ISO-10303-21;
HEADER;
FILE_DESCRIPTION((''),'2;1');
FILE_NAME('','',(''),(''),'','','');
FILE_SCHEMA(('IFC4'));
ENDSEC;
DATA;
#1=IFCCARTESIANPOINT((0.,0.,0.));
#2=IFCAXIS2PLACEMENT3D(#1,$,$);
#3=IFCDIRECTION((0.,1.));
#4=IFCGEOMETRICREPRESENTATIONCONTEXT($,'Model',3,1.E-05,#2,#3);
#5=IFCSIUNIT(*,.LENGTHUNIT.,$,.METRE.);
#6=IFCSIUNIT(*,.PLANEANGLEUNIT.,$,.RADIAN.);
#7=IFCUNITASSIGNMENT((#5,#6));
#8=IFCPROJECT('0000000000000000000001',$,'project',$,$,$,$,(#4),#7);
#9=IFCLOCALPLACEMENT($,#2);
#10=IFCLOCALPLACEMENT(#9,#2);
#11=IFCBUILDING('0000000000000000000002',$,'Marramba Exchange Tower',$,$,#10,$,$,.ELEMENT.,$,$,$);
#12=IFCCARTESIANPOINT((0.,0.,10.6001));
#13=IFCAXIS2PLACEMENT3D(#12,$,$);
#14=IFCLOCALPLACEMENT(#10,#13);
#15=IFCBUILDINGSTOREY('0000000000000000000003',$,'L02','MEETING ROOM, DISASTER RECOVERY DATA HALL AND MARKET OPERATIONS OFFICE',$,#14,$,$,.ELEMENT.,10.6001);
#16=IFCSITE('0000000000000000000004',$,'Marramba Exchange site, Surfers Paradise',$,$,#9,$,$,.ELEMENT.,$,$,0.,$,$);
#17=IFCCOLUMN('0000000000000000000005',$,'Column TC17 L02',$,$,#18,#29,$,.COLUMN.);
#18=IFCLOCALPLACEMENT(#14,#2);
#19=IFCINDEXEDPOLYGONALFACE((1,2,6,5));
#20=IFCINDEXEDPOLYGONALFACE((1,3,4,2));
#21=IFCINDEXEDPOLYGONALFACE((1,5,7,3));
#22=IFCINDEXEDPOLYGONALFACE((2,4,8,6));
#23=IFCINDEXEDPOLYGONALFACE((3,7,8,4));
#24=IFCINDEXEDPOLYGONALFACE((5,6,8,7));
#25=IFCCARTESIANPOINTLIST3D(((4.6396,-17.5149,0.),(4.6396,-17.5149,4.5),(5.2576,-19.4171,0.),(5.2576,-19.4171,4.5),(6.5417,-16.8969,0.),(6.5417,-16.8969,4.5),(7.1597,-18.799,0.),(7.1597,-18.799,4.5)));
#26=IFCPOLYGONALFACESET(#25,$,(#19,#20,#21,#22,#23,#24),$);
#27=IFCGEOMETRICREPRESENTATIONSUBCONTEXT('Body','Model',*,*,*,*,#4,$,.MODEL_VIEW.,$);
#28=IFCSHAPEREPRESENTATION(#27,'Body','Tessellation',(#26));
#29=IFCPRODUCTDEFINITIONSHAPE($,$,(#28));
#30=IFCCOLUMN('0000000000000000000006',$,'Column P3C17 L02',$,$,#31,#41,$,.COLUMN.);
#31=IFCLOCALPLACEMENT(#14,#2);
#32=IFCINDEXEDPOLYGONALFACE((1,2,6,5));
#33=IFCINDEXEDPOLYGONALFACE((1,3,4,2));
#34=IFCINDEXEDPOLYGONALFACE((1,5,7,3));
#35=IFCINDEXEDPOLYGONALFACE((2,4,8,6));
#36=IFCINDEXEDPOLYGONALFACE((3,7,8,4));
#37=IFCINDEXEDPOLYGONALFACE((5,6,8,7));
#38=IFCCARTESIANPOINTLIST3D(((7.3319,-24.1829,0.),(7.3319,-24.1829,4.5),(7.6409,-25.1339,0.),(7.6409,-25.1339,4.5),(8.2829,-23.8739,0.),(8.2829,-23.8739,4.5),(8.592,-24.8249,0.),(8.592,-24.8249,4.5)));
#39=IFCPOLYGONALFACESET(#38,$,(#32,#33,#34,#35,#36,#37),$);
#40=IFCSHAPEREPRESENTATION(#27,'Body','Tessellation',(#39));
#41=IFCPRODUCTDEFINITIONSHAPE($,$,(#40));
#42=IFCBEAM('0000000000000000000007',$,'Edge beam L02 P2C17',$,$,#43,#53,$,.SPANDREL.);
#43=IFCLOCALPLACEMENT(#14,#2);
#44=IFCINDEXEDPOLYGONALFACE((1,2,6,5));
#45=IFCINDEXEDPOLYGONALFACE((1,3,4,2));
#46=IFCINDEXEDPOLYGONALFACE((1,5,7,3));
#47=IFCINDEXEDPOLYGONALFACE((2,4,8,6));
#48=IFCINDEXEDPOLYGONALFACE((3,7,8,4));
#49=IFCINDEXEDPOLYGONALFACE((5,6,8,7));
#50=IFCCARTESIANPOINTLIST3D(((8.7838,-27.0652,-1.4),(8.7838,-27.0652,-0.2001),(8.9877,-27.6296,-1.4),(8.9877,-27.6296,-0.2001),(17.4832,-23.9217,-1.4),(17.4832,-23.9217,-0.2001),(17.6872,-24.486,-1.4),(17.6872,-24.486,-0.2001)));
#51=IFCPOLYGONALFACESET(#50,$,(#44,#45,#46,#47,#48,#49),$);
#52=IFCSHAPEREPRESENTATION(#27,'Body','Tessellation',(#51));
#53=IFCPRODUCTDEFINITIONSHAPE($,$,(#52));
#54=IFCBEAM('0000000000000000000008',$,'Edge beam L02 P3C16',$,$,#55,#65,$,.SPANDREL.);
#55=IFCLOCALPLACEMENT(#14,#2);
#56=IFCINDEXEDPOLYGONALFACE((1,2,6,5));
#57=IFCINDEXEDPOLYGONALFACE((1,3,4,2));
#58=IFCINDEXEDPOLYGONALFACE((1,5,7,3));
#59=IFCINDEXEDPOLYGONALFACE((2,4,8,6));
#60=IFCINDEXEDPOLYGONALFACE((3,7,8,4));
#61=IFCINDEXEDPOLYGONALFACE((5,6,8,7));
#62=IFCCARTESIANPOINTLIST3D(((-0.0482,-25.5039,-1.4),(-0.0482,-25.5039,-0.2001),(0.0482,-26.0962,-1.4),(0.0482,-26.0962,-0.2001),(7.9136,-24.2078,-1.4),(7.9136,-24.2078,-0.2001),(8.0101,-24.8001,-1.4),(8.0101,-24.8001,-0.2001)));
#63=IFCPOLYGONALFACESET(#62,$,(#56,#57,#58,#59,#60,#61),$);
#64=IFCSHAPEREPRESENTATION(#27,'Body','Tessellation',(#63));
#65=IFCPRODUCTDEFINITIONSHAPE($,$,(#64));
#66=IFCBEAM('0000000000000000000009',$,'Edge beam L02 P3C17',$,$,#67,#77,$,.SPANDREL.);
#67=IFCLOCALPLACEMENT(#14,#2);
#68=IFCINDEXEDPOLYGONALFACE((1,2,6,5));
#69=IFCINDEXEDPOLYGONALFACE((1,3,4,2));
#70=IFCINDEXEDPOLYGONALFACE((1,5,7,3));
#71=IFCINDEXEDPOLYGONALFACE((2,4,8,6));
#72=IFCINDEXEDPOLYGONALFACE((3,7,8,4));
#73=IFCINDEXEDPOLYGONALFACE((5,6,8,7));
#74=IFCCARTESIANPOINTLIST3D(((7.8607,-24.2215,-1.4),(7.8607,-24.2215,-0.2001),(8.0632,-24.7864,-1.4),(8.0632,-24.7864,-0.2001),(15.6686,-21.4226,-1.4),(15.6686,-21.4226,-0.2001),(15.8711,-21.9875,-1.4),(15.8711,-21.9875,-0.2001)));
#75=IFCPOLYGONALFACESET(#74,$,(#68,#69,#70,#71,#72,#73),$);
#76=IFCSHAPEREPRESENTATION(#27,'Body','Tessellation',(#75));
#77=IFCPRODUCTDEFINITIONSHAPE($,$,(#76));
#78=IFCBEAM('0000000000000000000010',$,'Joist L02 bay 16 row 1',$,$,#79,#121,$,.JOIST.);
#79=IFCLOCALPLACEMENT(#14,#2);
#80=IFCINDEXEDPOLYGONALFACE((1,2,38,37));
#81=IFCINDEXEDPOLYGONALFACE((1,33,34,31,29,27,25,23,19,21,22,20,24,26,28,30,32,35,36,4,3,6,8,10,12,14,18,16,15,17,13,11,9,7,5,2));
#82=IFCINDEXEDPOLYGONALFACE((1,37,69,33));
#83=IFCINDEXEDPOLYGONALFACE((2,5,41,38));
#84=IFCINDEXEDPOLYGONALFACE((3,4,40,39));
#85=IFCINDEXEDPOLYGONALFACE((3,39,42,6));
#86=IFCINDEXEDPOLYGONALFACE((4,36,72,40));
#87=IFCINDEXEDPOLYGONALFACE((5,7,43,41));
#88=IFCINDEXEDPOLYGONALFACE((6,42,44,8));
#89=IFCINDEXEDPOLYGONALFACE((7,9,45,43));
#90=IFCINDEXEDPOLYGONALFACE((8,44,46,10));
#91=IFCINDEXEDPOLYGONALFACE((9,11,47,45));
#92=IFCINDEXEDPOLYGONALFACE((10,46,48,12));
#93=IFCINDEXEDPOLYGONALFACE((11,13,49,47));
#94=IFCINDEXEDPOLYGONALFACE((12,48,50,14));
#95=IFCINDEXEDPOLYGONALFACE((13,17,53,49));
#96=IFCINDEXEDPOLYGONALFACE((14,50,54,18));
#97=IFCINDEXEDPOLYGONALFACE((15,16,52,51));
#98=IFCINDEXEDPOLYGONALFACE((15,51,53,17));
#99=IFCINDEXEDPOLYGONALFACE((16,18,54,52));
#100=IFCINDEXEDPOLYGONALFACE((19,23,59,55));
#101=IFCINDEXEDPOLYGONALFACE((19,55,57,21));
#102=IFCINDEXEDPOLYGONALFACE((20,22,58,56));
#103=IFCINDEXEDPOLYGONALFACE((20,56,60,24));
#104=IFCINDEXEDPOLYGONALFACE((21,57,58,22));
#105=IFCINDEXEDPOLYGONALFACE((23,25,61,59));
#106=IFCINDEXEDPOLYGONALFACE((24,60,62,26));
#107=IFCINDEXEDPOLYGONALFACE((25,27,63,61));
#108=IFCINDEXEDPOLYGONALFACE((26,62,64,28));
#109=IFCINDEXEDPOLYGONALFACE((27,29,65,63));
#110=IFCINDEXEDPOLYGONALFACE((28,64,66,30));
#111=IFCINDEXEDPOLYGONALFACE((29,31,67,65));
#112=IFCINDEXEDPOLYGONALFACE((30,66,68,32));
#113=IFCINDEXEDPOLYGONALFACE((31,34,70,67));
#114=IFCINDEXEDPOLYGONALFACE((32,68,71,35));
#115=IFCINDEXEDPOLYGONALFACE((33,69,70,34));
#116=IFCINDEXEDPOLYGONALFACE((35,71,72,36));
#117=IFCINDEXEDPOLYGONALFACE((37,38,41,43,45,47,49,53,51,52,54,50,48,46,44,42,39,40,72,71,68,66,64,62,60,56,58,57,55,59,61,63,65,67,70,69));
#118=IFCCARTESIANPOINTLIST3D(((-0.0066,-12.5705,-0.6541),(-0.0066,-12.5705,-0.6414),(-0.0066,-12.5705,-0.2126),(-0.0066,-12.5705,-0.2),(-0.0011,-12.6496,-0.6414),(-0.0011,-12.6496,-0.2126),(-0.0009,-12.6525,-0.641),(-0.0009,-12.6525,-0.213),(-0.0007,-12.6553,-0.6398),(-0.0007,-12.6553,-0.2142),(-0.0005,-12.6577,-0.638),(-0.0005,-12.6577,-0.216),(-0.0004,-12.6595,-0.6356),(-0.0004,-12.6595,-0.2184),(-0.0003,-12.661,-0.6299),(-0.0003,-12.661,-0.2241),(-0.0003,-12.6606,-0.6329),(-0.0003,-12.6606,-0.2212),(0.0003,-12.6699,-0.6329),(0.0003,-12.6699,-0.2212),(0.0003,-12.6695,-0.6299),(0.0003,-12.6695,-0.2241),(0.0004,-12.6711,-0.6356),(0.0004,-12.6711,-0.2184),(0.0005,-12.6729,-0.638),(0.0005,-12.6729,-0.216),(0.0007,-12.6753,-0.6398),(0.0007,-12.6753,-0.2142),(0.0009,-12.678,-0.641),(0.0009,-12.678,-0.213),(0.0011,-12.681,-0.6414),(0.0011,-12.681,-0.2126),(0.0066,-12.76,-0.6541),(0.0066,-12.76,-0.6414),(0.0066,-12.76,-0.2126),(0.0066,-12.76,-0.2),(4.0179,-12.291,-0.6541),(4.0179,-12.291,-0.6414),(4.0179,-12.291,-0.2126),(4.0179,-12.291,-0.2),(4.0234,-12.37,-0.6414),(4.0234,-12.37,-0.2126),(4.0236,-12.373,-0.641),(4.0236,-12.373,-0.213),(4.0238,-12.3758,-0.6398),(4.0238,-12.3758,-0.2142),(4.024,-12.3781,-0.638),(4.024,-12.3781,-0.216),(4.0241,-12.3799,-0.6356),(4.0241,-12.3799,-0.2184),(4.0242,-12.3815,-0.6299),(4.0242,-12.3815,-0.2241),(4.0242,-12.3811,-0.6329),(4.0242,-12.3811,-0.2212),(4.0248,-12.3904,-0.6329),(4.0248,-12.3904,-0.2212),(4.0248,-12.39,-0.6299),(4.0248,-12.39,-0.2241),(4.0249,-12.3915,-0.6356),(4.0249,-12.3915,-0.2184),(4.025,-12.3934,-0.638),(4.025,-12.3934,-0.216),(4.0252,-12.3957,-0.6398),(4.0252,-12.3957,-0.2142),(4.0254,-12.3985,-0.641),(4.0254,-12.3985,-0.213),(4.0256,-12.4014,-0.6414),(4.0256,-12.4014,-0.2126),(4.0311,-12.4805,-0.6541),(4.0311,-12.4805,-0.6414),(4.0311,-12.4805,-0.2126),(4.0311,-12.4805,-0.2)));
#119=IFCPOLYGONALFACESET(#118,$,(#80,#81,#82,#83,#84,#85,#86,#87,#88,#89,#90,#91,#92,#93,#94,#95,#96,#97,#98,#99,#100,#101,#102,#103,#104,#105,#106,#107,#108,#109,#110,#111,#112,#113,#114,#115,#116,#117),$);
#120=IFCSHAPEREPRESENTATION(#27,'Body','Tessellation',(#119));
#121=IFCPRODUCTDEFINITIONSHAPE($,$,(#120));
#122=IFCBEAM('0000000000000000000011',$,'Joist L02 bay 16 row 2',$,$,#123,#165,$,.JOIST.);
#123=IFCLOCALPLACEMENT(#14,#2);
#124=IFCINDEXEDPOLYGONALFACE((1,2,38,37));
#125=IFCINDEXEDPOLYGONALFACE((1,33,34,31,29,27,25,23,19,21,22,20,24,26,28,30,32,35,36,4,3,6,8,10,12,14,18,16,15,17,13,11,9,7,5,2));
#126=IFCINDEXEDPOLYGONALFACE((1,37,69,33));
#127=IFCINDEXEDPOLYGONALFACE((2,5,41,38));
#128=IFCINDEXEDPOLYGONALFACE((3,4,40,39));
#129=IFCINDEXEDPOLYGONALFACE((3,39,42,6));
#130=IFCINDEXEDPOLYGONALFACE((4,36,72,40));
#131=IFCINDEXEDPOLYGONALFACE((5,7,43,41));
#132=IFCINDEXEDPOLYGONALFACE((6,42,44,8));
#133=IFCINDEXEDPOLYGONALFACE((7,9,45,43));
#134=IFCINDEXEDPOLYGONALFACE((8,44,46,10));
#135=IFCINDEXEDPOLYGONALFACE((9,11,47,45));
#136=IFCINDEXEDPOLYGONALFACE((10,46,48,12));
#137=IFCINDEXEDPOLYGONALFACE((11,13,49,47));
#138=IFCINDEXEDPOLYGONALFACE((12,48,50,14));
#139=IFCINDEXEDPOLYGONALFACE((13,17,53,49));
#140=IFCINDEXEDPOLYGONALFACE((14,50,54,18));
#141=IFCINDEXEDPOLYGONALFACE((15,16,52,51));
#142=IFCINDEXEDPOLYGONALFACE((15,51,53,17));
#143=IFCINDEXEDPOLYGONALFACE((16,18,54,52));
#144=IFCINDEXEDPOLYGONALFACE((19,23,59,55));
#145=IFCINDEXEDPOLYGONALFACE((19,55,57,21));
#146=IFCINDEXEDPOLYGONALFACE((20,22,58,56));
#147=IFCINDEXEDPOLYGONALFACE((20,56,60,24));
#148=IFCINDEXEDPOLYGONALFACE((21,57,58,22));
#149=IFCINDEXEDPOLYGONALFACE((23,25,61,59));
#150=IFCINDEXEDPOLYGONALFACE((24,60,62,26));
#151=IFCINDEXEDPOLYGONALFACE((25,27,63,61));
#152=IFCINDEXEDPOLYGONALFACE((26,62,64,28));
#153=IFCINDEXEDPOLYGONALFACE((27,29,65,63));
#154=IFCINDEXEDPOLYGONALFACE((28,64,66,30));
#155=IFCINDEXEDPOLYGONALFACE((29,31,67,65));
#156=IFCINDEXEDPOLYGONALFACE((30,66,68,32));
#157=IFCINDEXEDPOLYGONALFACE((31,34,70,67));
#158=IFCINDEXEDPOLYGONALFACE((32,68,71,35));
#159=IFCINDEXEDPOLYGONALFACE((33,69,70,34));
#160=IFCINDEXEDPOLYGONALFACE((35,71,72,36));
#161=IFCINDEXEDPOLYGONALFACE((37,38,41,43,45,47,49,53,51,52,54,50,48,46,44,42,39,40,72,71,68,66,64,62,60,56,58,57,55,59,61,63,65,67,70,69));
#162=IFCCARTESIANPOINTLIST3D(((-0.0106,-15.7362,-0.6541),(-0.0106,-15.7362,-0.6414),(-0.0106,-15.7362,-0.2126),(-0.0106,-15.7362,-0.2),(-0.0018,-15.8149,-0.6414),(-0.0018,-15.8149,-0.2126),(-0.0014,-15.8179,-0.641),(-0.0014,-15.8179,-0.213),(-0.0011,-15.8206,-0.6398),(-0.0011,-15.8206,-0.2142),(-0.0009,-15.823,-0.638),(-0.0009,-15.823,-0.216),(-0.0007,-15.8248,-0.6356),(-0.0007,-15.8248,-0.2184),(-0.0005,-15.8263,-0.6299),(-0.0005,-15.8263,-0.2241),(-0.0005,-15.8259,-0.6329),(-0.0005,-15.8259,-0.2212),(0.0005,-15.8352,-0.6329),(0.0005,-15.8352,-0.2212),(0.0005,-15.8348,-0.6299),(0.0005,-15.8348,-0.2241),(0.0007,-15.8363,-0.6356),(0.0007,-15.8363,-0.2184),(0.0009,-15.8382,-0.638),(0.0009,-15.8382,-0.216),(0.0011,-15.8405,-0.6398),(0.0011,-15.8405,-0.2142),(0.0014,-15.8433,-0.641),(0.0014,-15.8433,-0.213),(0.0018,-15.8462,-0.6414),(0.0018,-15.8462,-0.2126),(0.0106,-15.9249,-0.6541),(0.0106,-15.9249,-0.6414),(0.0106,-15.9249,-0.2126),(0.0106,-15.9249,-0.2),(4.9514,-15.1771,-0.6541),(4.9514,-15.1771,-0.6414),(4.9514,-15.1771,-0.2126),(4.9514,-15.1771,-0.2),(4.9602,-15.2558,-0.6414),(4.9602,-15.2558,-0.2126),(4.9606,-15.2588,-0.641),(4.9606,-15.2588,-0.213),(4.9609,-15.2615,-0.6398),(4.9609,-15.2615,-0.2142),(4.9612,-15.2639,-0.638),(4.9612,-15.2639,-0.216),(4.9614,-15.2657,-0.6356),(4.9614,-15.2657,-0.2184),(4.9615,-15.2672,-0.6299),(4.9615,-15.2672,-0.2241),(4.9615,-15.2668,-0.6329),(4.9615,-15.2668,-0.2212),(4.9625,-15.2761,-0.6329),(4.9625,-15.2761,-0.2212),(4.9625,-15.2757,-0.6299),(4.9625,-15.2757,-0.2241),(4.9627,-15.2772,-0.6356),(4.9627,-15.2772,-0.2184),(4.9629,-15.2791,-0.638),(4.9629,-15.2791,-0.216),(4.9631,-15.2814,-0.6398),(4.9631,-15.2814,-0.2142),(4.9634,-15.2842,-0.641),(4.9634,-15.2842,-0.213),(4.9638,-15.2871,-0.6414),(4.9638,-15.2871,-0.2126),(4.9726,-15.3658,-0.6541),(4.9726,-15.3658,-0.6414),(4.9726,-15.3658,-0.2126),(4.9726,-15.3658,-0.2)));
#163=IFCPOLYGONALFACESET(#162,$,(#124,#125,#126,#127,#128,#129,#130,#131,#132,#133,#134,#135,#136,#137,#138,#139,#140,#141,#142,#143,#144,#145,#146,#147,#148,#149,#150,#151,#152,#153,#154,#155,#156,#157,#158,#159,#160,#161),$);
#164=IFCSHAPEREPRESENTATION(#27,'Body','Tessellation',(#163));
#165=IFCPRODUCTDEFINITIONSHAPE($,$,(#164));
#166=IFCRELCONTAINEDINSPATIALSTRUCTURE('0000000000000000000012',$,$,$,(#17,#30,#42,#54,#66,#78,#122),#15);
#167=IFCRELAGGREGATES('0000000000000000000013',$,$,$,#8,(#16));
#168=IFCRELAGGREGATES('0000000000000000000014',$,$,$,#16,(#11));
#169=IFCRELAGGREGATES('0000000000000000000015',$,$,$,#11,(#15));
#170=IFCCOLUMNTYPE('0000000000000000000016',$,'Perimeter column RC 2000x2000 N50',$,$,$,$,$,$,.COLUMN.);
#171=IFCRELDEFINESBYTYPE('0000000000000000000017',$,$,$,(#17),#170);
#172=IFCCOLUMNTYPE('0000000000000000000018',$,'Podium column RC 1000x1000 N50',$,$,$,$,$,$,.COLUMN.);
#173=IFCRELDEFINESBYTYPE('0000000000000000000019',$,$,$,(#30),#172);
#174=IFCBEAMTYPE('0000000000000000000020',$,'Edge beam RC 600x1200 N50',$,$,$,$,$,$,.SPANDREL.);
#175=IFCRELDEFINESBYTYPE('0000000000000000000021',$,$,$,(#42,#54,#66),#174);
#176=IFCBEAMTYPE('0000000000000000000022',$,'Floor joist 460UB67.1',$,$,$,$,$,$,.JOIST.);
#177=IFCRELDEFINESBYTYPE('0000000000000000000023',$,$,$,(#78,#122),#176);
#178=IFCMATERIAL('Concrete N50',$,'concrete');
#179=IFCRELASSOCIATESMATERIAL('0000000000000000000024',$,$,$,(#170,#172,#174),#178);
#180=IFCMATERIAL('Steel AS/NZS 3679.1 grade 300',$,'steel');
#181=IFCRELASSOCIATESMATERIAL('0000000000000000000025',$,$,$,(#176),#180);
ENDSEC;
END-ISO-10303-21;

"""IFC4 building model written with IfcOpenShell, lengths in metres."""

from ifc_helpers import new_model, si_unit, direction, frame, origin, origin_2d, place, context, subcontext, project, spatial, rectangle, i_section, extrude, material, material_profile, profile_set, type_object, element, save


model = new_model("IFC4")

# Units and contexts
model_context = context("Model", 3, precision=1e-05, world=origin(), true_north=direction((0.0, 1.0)))
body_context = subcontext(model_context, "Body", "Model", "MODEL_VIEW")
ifc_project = project(units=[si_unit("LENGTHUNIT", "METRE"), si_unit("PLANEANGLEUNIT", "RADIAN")], contexts=[model_context])

# Site, building, storey
site_placement = place(None, origin())
site = spatial("IfcSite", under=ifc_project, at=site_placement, Name="Marramba Exchange site, Surfers Paradise", CompositionType="ELEMENT", RefElevation=0.0)
building_placement = place(site_placement, origin())
building = spatial("IfcBuilding", under=site, at=building_placement, Name="Marramba Exchange Tower", CompositionType="ELEMENT")
storey_placement = place(building_placement, frame((0.0, 0.0, 10.6001)))
storey = spatial("IfcBuildingStorey", under=building, at=storey_placement, Name="L02", Description="MEETING ROOM, DISASTER RECOVERY DATA HALL AND MARKET OPERATIONS OFFICE", CompositionType="ELEMENT", Elevation=10.6001)

# Columns
ifc_material_1 = material(Name="Concrete N50", Category="concrete")
ifc_material_profile_1 = material_profile(ifc_material_1, rectangle(XDim=2.0, YDim=2.0, at=origin_2d()), Name="RC 2000x2000")
ifc_profile_set_1 = profile_set([ifc_material_profile_1], Name="Concrete N50")
column_type_1 = type_object("IfcColumnType", Name="Perimeter column RC 2000x2000 N50", PredefinedType="COLUMN", material=ifc_profile_set_1)
column_1_placement = place(storey_placement, frame((5.8997, -18.157, 0.0), z_axis=(0.0, 0.0, 1.0), x_axis=(0.309017, -0.951057, 0.0)))
element("IfcColumn", 1, at=column_1_placement, inside=storey, type_object=column_type_1, Name="Column TC17 L02", PredefinedType="COLUMN", context=body_context, shape_type="SweptSolid", body=[
    extrude(rectangle(XDim=2.0, YDim=2.0, at=origin_2d()), origin(), (0.0, 0.0, 1.0), 4.5),
])
ifc_material_profile_2 = material_profile(ifc_material_1, rectangle(XDim=1.0, YDim=1.0, at=origin_2d()), Name="RC 1000x1000")
ifc_profile_set_2 = profile_set([ifc_material_profile_2], Name="Concrete N50")
column_type_2 = type_object("IfcColumnType", Name="Podium column RC 1000x1000 N50", PredefinedType="COLUMN", material=ifc_profile_set_2)
column_2_placement = place(storey_placement, frame((7.9619, -24.5039, 0.0), z_axis=(0.0, 0.0, 1.0), x_axis=(0.309017, -0.951057, 0.0)))
element("IfcColumn", 2, at=column_2_placement, inside=storey, type_object=column_type_2, Name="Column P3C17 L02", PredefinedType="COLUMN", context=body_context, shape_type="SweptSolid", body=[
    extrude(rectangle(XDim=1.0, YDim=1.0, at=origin_2d()), origin(), (0.0, 0.0, 1.0), 4.5),
])

# Beams
ifc_material_profile_3 = material_profile(ifc_material_1, rectangle(XDim=0.6001, YDim=1.2, at=origin_2d()), Name="RC 600x1200")
ifc_profile_set_3 = profile_set([ifc_material_profile_3], Name="Concrete N50")
beam_type_1 = type_object("IfcBeamType", Name="Edge beam RC 600x1200 N50", PredefinedType="SPANDREL", material=ifc_profile_set_3)
beam_1_placement = place(storey_placement, frame((8.8857, -27.3474, -0.8), z_axis=(0.940482, 0.339844, 0.0), x_axis=(-0.339844, 0.940482, 0.0)))
element("IfcBeam", 3, at=beam_1_placement, inside=storey, type_object=beam_type_1, Name="Edge beam L02 P2C17", PredefinedType="SPANDREL", context=body_context, shape_type="SweptSolid", body=[
    extrude(rectangle(XDim=0.6001, YDim=1.2, at=origin_2d()), origin(), (0.0, 0.0, 1.0), 9.25),
])
beam_2_placement = place(storey_placement, frame((0.0, -25.8, -0.8), z_axis=(0.987007, 0.160678, 0.0), x_axis=(-0.160678, 0.987007, 0.0)))
element("IfcBeam", 4, at=beam_2_placement, inside=storey, type_object=beam_type_1, Name="Edge beam L02 P3C16", PredefinedType="SPANDREL", context=body_context, shape_type="SweptSolid", body=[
    extrude(rectangle(XDim=0.6001, YDim=1.2, at=origin_2d()), origin(), (0.0, 0.0, 1.0), 8.0667),
])
beam_3_placement = place(storey_placement, frame((7.9619, -24.5039, -0.8), z_axis=(0.941348, 0.337438, 0.0), x_axis=(-0.337438, 0.941348, 0.0)))
element("IfcBeam", 5, at=beam_3_placement, inside=storey, type_object=beam_type_1, Name="Edge beam L02 P3C17", PredefinedType="SPANDREL", context=body_context, shape_type="SweptSolid", body=[
    extrude(rectangle(XDim=0.6001, YDim=1.2, at=origin_2d()), origin(), (0.0, 0.0, 1.0), 8.2944),
])
ifc_material_2 = material(Name="Steel AS/NZS 3679.1 grade 300", Category="steel")
ifc_material_profile_4 = material_profile(ifc_material_2, i_section(OverallWidth=0.1899, OverallDepth=0.4541, WebThickness=0.0085, FlangeThickness=0.0127, FilletRadius=0.0115, at=origin_2d()), Name="460UB67.1")
ifc_profile_set_4 = profile_set([ifc_material_profile_4], Name="Steel AS/NZS 3679.1 grade 300")
beam_type_2 = type_object("IfcBeamType", Name="Floor joist 460UB67.1", PredefinedType="JOIST", material=ifc_profile_set_4)
beam_4_placement = place(storey_placement, frame((0.0, -12.6653, -0.427), z_axis=(0.997596, 0.069294, 0.0), x_axis=(-0.069294, 0.997596, 0.0)))
element("IfcBeam", 6, at=beam_4_placement, inside=storey, type_object=beam_type_2, Name="Joist L02 bay 16 row 1", PredefinedType="JOIST", context=body_context, shape_type="SweptSolid", body=[
    extrude(i_section(OverallWidth=0.1899, OverallDepth=0.4541, WebThickness=0.0085, FlangeThickness=0.0127, FilletRadius=0.0115, at=origin_2d()), origin(), (0.0, 0.0, 1.0), 4.0342),
])
beam_5_placement = place(storey_placement, frame((0.0, -15.8306, -0.427), z_axis=(0.993712, 0.111966, 0.0), x_axis=(-0.111966, 0.993712, 0.0)))
element("IfcBeam", 7, at=beam_5_placement, inside=storey, type_object=beam_type_2, Name="Joist L02 bay 16 row 2", PredefinedType="JOIST", context=body_context, shape_type="SweptSolid", body=[
    extrude(i_section(OverallWidth=0.1899, OverallDepth=0.4541, WebThickness=0.0085, FlangeThickness=0.0127, FilletRadius=0.0115, at=origin_2d()), origin(), (0.0, 0.0, 1.0), 4.9934),
])

save(model, "model.ifc")
